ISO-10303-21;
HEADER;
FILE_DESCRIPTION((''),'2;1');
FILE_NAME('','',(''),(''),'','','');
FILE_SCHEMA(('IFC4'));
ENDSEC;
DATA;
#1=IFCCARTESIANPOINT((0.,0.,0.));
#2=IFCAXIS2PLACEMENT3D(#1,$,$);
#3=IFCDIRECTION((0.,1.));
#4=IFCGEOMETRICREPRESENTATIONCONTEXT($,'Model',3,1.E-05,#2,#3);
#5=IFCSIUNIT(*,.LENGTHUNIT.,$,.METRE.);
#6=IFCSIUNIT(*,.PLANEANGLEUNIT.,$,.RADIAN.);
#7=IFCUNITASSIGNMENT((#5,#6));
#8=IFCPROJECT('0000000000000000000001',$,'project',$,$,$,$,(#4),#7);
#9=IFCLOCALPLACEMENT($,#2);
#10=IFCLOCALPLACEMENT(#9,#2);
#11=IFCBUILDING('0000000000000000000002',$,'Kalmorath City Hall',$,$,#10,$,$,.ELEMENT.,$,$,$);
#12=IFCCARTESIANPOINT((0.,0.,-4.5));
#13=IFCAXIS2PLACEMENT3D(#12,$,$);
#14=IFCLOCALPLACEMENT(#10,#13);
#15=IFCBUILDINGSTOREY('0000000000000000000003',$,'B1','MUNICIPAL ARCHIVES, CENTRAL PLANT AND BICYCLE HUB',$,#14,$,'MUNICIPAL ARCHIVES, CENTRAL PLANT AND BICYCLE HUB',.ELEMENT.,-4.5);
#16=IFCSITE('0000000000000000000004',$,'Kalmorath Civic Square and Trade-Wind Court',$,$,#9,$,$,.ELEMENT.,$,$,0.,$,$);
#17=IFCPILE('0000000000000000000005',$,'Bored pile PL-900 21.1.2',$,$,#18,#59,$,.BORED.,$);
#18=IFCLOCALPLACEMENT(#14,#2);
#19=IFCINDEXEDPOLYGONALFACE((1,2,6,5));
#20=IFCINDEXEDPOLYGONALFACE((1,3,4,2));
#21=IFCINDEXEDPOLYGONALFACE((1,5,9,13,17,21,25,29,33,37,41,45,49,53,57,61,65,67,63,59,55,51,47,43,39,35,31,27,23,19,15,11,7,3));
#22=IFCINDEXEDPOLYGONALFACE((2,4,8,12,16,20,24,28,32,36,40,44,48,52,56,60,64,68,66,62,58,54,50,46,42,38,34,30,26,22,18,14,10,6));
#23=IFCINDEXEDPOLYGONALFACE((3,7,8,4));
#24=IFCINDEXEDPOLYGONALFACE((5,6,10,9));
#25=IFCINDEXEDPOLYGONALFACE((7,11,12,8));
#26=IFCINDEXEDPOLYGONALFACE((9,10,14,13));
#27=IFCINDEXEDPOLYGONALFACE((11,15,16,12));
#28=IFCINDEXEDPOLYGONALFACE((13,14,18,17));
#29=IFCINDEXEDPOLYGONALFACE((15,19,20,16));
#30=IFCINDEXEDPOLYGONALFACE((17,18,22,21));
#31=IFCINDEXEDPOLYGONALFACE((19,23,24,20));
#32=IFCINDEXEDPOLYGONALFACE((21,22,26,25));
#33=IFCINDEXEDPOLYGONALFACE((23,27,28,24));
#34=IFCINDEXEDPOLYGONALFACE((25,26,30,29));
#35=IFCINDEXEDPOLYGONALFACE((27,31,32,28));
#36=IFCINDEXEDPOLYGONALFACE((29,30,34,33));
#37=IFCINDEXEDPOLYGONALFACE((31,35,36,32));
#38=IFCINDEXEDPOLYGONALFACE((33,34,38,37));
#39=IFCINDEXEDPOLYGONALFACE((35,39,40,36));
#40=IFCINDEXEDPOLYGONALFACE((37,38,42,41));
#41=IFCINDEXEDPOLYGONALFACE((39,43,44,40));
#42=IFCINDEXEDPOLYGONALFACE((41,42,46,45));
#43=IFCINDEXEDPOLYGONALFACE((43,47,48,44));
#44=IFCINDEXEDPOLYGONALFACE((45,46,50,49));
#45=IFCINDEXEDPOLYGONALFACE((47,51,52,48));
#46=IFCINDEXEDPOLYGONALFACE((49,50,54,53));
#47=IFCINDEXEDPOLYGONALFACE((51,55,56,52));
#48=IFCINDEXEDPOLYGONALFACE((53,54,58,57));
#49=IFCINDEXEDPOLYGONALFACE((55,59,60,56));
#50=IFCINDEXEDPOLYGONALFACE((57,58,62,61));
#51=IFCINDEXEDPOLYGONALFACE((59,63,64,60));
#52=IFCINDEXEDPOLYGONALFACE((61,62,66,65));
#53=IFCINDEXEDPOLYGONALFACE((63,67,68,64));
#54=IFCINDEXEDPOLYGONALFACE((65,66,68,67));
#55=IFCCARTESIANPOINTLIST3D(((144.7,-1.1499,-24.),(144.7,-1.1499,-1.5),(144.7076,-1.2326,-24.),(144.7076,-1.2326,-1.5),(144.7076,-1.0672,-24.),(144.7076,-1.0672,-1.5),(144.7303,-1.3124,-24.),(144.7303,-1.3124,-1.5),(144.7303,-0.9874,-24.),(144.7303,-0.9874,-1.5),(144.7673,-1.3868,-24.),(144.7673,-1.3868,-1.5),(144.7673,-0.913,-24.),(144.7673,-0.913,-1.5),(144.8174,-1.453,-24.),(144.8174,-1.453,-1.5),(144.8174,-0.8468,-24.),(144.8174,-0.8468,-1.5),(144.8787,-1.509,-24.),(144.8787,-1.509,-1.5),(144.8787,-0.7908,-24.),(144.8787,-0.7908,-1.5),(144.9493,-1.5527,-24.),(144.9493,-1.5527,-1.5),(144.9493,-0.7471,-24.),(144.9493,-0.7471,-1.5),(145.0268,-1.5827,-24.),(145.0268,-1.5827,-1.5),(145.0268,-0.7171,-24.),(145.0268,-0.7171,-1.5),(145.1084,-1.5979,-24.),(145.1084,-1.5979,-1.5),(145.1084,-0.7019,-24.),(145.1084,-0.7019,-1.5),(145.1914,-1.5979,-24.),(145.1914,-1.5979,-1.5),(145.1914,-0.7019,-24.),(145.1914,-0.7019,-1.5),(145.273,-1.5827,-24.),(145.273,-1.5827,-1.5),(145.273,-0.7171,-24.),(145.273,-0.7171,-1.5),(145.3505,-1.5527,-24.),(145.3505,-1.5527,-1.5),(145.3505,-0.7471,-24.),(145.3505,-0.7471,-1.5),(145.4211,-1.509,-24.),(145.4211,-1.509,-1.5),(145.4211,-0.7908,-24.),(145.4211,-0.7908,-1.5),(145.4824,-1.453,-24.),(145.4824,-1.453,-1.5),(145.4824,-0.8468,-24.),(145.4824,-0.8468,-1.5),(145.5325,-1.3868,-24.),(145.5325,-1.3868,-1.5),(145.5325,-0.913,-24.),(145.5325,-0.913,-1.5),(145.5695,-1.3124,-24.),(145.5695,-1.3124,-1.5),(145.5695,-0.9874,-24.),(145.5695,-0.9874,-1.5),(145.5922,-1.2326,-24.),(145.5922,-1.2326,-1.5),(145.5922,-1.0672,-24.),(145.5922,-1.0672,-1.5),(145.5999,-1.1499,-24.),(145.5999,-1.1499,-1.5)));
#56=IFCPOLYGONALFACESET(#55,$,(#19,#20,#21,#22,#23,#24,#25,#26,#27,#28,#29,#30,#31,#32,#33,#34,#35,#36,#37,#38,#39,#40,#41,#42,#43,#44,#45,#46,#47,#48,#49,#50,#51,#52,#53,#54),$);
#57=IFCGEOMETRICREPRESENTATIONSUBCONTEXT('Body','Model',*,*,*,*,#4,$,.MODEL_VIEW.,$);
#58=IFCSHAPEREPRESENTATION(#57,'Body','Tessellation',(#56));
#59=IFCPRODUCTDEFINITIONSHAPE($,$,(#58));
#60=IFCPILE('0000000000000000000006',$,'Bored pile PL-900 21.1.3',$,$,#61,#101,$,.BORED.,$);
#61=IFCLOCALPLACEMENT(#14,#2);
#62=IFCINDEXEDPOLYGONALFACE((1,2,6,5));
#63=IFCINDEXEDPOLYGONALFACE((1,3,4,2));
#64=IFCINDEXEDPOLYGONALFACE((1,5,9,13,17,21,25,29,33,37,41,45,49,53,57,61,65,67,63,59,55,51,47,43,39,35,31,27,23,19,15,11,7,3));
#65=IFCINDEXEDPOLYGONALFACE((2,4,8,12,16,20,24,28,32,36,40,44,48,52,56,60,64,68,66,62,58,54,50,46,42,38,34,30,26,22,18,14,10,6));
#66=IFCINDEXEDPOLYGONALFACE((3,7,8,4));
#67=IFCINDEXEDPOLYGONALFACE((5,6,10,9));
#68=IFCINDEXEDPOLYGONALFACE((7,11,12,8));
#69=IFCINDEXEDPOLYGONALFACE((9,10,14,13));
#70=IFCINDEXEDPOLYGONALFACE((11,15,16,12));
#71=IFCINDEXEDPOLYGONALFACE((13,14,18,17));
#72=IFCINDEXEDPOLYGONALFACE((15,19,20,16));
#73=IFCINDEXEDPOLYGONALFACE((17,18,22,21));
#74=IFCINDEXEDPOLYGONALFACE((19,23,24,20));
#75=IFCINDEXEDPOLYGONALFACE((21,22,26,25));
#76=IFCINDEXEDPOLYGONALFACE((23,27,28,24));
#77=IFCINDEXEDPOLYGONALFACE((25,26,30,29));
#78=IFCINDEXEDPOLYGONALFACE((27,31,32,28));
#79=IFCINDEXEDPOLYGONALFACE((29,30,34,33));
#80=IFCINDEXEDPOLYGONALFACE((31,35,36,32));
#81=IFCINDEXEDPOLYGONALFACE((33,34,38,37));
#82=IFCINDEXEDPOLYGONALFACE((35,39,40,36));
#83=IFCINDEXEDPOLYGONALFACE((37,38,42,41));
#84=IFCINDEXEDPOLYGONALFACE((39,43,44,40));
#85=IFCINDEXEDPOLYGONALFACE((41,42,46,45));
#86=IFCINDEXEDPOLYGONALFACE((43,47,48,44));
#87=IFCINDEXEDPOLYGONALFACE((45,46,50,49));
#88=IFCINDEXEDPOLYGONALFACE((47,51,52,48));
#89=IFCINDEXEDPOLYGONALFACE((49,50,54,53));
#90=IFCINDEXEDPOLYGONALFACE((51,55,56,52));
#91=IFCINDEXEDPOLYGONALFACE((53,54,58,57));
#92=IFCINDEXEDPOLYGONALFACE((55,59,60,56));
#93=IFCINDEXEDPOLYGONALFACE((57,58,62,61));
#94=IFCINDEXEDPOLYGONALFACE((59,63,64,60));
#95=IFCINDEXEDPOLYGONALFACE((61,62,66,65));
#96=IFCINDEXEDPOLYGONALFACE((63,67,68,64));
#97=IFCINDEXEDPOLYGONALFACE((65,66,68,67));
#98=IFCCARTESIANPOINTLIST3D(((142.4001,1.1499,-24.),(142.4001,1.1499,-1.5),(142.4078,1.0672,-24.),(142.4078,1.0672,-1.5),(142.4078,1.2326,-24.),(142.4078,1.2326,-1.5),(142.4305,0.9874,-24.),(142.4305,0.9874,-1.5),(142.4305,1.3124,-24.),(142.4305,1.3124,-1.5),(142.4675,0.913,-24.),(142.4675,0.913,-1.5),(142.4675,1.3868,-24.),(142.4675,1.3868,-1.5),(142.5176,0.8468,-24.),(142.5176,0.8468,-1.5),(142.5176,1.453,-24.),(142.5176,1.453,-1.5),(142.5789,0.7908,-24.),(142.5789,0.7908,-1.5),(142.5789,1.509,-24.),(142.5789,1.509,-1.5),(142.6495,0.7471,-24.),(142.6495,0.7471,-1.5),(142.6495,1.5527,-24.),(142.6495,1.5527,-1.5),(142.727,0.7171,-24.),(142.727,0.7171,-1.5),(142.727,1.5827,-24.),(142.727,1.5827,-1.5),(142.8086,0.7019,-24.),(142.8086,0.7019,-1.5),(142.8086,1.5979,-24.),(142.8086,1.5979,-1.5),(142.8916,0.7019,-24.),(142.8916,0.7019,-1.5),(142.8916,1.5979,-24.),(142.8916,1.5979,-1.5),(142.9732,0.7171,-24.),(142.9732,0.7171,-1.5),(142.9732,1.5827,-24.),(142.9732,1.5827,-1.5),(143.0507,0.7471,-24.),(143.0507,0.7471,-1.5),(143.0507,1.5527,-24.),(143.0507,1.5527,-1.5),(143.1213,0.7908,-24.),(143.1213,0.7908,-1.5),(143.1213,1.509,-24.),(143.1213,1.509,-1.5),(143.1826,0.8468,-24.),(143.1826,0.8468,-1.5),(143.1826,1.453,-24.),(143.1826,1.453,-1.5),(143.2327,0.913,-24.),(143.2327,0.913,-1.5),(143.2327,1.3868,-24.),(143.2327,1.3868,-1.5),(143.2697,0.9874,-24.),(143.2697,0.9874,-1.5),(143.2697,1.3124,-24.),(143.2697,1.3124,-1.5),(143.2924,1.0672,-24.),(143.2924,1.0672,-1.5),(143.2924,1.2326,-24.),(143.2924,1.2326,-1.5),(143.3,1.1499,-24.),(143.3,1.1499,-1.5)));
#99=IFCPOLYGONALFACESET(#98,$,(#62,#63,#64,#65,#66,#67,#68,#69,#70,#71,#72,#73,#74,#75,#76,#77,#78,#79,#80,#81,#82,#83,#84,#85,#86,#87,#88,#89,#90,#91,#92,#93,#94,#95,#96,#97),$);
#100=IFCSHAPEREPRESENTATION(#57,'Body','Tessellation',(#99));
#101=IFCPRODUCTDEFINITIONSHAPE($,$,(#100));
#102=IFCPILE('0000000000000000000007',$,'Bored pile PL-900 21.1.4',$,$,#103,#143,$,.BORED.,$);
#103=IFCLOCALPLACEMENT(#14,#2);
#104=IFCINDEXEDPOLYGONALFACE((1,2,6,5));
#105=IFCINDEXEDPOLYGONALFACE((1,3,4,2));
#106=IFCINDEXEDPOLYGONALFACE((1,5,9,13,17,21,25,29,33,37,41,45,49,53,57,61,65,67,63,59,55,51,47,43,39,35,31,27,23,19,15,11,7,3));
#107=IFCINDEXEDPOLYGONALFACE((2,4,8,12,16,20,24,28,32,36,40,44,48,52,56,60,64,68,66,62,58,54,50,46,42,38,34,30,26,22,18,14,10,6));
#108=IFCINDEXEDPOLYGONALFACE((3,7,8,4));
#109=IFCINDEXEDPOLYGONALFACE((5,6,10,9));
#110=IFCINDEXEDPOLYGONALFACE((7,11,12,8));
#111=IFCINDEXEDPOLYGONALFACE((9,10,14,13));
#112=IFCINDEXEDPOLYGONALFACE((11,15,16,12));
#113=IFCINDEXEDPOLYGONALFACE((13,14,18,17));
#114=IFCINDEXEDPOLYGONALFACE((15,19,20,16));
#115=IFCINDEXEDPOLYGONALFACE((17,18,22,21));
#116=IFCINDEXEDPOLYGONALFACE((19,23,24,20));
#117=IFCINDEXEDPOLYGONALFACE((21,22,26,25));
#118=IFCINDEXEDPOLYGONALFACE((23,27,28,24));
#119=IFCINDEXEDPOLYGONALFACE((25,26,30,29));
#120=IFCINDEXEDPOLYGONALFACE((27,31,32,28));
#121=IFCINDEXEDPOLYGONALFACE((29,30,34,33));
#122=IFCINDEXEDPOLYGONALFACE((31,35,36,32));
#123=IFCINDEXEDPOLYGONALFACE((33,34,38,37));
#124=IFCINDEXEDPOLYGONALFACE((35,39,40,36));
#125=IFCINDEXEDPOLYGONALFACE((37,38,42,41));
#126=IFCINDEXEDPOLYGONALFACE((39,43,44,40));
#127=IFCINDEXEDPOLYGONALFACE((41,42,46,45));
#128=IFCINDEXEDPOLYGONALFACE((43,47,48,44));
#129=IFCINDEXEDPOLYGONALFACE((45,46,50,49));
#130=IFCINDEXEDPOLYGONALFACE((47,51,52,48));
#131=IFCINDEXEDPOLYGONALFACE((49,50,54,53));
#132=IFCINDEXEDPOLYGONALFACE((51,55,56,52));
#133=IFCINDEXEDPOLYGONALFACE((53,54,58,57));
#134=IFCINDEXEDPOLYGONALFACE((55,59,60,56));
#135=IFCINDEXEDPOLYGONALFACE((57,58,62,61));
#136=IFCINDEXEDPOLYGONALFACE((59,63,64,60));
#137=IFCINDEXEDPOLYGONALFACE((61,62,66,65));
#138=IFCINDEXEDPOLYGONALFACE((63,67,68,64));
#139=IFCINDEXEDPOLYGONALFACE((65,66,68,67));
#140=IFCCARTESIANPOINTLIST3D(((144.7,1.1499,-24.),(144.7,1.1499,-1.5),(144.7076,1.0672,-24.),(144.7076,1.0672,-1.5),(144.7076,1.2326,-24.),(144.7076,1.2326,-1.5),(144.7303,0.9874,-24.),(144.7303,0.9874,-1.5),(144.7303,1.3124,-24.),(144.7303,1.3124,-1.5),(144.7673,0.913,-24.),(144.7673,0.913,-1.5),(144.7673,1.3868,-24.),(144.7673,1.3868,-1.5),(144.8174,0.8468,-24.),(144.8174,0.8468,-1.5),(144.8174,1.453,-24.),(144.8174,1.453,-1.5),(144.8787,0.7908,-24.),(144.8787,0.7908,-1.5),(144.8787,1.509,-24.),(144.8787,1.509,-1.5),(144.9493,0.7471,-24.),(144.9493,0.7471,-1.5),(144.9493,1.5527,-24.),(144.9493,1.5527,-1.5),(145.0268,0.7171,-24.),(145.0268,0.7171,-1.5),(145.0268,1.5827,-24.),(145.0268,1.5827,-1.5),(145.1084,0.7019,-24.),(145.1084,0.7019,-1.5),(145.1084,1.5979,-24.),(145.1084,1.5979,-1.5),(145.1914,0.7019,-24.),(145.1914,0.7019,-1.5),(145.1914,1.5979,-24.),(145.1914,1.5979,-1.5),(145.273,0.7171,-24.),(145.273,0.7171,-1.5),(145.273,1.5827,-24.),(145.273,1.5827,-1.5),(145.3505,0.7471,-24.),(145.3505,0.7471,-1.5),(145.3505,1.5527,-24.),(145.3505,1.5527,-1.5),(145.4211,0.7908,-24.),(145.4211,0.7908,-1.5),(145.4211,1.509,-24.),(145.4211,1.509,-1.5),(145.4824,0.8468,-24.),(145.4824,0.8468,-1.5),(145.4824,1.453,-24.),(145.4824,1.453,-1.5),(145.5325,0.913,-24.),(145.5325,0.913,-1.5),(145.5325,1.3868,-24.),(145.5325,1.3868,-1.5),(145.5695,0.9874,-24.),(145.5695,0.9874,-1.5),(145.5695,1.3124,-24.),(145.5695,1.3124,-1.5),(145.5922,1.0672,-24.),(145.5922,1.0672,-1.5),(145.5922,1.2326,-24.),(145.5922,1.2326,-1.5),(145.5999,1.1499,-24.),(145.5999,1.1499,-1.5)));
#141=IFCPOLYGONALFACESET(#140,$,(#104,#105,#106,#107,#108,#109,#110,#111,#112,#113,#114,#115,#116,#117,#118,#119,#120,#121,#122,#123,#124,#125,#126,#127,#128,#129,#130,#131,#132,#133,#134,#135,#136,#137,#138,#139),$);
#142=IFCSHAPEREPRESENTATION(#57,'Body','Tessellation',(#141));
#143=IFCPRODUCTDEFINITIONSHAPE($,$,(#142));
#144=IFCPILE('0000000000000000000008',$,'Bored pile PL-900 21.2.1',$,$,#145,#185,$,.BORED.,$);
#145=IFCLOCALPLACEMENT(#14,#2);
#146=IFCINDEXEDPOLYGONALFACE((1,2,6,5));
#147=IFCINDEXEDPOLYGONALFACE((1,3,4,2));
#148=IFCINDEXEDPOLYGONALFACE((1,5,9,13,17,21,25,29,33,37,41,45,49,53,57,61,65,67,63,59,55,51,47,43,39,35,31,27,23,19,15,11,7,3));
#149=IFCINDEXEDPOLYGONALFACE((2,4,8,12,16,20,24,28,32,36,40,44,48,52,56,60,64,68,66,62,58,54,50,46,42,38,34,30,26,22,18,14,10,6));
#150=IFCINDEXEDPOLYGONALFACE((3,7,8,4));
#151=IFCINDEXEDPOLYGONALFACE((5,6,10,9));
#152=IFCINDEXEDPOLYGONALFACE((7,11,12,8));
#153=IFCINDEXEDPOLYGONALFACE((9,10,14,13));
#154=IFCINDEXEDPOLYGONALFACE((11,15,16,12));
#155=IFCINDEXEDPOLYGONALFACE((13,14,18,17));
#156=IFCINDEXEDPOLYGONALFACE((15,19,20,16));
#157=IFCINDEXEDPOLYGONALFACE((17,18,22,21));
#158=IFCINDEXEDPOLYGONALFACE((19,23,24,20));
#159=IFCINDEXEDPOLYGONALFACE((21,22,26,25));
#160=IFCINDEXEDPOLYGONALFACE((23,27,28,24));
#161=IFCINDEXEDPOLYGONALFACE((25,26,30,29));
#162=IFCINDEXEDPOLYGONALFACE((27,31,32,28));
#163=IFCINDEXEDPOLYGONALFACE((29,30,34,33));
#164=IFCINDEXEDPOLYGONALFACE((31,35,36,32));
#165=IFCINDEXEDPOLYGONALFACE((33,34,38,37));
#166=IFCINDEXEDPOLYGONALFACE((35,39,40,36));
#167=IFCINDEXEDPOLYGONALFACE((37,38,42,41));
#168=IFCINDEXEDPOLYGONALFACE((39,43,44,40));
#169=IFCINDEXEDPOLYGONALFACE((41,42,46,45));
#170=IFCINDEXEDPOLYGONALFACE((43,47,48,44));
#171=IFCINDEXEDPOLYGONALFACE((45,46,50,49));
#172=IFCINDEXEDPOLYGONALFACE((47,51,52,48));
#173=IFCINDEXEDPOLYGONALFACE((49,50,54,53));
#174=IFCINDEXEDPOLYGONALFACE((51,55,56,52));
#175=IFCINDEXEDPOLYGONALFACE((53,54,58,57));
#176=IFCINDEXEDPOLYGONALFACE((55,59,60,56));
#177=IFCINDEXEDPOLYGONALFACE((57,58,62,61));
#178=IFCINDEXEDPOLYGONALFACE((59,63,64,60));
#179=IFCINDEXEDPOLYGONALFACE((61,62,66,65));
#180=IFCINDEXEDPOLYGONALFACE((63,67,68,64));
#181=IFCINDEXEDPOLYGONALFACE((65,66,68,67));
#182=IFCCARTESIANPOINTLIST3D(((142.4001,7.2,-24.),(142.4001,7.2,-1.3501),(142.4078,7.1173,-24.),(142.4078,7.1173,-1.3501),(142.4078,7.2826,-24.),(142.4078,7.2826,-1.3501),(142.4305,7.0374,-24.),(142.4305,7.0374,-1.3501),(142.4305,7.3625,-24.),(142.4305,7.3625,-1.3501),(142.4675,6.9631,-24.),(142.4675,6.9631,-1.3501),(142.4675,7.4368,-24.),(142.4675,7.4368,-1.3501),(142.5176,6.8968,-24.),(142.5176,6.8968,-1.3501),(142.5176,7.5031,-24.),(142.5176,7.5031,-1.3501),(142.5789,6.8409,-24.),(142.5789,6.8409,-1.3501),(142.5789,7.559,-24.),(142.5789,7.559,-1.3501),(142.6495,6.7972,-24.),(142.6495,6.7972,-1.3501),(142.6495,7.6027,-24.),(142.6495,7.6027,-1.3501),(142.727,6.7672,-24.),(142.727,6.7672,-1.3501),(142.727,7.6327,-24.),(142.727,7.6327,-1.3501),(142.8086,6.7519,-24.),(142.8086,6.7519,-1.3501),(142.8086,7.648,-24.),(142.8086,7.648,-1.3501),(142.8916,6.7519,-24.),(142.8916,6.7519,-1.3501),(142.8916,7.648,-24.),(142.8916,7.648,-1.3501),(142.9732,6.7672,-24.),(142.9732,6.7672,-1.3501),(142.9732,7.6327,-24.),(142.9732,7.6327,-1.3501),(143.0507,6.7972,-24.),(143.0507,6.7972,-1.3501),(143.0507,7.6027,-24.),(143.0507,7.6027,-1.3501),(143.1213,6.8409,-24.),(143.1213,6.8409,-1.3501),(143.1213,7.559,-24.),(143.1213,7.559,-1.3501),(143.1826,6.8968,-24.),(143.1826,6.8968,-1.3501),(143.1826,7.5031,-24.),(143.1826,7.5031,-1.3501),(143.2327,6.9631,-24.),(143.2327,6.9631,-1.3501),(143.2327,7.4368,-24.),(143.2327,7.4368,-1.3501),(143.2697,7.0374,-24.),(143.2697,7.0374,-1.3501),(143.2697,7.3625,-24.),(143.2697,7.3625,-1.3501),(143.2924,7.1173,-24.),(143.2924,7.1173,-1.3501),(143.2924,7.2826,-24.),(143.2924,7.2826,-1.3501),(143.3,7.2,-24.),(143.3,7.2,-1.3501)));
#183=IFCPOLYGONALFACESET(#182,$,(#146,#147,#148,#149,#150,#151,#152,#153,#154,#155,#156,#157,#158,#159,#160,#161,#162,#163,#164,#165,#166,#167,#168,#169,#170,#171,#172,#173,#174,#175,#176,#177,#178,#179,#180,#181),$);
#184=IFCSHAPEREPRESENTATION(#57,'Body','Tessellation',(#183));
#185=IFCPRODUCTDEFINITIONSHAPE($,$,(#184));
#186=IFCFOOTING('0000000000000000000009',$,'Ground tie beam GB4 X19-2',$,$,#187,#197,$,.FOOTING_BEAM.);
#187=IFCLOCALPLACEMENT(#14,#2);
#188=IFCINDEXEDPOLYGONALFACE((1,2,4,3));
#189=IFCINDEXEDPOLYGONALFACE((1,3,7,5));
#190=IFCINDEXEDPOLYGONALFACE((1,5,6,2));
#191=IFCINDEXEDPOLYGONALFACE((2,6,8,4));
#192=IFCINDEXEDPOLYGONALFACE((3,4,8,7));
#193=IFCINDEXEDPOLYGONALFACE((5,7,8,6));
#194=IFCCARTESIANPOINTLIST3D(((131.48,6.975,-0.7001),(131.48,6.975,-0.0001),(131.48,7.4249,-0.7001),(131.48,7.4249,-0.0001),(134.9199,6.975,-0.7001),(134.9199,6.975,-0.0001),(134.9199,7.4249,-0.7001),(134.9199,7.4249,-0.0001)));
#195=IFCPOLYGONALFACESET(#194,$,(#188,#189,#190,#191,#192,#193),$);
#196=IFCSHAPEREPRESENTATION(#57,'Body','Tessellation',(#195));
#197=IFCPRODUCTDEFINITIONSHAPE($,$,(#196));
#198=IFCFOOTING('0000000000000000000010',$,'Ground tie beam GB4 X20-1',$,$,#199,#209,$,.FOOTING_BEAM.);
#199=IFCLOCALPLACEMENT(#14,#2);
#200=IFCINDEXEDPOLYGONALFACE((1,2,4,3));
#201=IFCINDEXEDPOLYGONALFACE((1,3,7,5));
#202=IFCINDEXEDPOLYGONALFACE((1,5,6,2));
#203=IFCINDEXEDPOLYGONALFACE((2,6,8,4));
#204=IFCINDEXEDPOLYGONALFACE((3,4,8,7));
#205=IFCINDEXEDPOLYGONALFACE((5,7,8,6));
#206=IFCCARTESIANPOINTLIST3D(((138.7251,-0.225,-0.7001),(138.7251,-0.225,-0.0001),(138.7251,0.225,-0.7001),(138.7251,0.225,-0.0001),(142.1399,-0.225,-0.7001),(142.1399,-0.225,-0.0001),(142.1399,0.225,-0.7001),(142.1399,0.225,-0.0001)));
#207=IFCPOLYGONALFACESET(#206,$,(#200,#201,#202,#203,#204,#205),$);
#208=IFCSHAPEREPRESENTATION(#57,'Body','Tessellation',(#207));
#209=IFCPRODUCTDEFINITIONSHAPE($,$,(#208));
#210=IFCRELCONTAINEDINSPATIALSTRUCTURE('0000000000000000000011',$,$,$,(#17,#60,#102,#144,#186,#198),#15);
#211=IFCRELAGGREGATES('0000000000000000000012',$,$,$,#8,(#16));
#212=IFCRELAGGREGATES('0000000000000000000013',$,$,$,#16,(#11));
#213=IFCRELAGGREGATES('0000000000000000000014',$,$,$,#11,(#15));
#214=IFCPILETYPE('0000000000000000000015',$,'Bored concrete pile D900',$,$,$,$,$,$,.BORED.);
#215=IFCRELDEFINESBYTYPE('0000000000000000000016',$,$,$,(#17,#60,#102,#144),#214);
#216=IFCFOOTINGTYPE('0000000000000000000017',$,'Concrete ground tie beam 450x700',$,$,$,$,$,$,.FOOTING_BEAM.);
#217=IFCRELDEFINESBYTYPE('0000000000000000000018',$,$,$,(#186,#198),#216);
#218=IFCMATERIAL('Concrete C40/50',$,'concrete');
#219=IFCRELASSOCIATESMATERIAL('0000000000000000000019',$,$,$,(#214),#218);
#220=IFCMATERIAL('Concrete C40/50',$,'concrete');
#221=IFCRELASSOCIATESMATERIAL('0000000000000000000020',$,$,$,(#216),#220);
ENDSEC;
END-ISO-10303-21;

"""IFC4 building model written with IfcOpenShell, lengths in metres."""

from ifc_helpers import new_model, si_unit, direction, frame, origin, origin_2d, place, context, subcontext, project, spatial, rectangle, circle, extrude, material, material_profile, profile_set, type_object, element, save


model = new_model("IFC4")

# Units and contexts
model_context = context("Model", 3, precision=1e-05, world=origin(), true_north=direction((0.0, 1.0)))
body_context = subcontext(model_context, "Body", "Model", "MODEL_VIEW")
ifc_project = project(units=[si_unit("LENGTHUNIT", "METRE"), si_unit("PLANEANGLEUNIT", "RADIAN")], contexts=[model_context])

# Site, building, storey
site_placement = place(None, origin())
site = spatial("IfcSite", under=ifc_project, at=site_placement, Name="Kalmorath Civic Square and Trade-Wind Court", CompositionType="ELEMENT", RefElevation=0.0)
building_placement = place(site_placement, origin())
building = spatial("IfcBuilding", under=site, at=building_placement, Name="Kalmorath City Hall", CompositionType="ELEMENT")
storey_placement = place(building_placement, frame((0.0, 0.0, -4.5)))
storey = spatial("IfcBuildingStorey", under=building, at=storey_placement, Name="B1", Description="MUNICIPAL ARCHIVES, CENTRAL PLANT AND BICYCLE HUB", LongName="MUNICIPAL ARCHIVES, CENTRAL PLANT AND BICYCLE HUB", CompositionType="ELEMENT", Elevation=-4.5)

# Piles
ifc_material_1 = material(Name="Concrete C40/50", Category="concrete")
ifc_material_profile_1 = material_profile(ifc_material_1, circle(Radius=0.45, at=origin_2d()), Name="PILE-D900")
ifc_profile_set_1 = profile_set([ifc_material_profile_1], Name="Concrete C40/50")
pile_type = type_object("IfcPileType", Name="Bored concrete pile D900", PredefinedType="BORED", material=ifc_profile_set_1)
for number, where, z_axis, x_axis, name in (
    (1, (145.1499, -1.1499, -1.5), (0.0, 0.0, -1.0), (1.0, 0.0, 0.0), "Bored pile PL-900 21.1.2"),
    (2, (142.8501, 1.1499, -1.5), (0.0, 0.0, -1.0), (1.0, 0.0, 0.0), "Bored pile PL-900 21.1.3"),
    (3, (145.1499, 1.1499, -1.5), (0.0, 0.0, -1.0), (1.0, 0.0, 0.0), "Bored pile PL-900 21.1.4"),
):
    element("IfcPile", number, at=place(storey_placement, frame(where, z_axis=z_axis, x_axis=x_axis)), inside=storey, type_object=pile_type, Name=name, PredefinedType="BORED", context=body_context, shape_type="SweptSolid", body=[
        extrude(circle(Radius=0.45, at=origin_2d()), origin(), (0.0, 0.0, 1.0), 22.5),
    ])
pile_1_placement = place(storey_placement, frame((142.8501, 7.2, -1.3501), z_axis=(0.0, 0.0, -1.0), x_axis=(1.0, 0.0, 0.0)))
element("IfcPile", 4, at=pile_1_placement, inside=storey, type_object=pile_type, Name="Bored pile PL-900 21.2.1", PredefinedType="BORED", context=body_context, shape_type="SweptSolid", body=[
    extrude(circle(Radius=0.45, at=origin_2d()), origin(), (0.0, 0.0, 1.0), 22.6499),
])

# Footings
ifc_material_2 = material(Name="Concrete C40/50", Category="concrete")
ifc_material_profile_2 = material_profile(ifc_material_2, rectangle(XDim=0.45, YDim=0.7, at=origin_2d()), Name="RC-BM-450X700")
ifc_profile_set_2 = profile_set([ifc_material_profile_2], Name="Concrete C40/50")
footing_type_1 = type_object("IfcFootingType", Name="Concrete ground tie beam 450x700", PredefinedType="FOOTING_BEAM", material=ifc_profile_set_2)
footing_1_placement = place(storey_placement, frame((131.48, 7.2, -0.3501), z_axis=(1.0, 0.0, 0.0), x_axis=(0.0, 1.0, 0.0)))
element("IfcFooting", 5, at=footing_1_placement, inside=storey, type_object=footing_type_1, Name="Ground tie beam GB4 X19-2", PredefinedType="FOOTING_BEAM", context=body_context, shape_type="SweptSolid", body=[
    extrude(rectangle(XDim=0.45, YDim=0.7, at=origin_2d()), origin(), (0.0, 0.0, 1.0), 3.4399),
])
footing_2_placement = place(storey_placement, frame((138.7251, 0.0, -0.3501), z_axis=(1.0, 0.0, 0.0), x_axis=(0.0, 1.0, 0.0)))
element("IfcFooting", 6, at=footing_2_placement, inside=storey, type_object=footing_type_1, Name="Ground tie beam GB4 X20-1", PredefinedType="FOOTING_BEAM", context=body_context, shape_type="SweptSolid", body=[
    extrude(rectangle(XDim=0.45, YDim=0.7, at=origin_2d()), origin(), (0.0, 0.0, 1.0), 3.4148),
])

save(model, "model.ifc")
